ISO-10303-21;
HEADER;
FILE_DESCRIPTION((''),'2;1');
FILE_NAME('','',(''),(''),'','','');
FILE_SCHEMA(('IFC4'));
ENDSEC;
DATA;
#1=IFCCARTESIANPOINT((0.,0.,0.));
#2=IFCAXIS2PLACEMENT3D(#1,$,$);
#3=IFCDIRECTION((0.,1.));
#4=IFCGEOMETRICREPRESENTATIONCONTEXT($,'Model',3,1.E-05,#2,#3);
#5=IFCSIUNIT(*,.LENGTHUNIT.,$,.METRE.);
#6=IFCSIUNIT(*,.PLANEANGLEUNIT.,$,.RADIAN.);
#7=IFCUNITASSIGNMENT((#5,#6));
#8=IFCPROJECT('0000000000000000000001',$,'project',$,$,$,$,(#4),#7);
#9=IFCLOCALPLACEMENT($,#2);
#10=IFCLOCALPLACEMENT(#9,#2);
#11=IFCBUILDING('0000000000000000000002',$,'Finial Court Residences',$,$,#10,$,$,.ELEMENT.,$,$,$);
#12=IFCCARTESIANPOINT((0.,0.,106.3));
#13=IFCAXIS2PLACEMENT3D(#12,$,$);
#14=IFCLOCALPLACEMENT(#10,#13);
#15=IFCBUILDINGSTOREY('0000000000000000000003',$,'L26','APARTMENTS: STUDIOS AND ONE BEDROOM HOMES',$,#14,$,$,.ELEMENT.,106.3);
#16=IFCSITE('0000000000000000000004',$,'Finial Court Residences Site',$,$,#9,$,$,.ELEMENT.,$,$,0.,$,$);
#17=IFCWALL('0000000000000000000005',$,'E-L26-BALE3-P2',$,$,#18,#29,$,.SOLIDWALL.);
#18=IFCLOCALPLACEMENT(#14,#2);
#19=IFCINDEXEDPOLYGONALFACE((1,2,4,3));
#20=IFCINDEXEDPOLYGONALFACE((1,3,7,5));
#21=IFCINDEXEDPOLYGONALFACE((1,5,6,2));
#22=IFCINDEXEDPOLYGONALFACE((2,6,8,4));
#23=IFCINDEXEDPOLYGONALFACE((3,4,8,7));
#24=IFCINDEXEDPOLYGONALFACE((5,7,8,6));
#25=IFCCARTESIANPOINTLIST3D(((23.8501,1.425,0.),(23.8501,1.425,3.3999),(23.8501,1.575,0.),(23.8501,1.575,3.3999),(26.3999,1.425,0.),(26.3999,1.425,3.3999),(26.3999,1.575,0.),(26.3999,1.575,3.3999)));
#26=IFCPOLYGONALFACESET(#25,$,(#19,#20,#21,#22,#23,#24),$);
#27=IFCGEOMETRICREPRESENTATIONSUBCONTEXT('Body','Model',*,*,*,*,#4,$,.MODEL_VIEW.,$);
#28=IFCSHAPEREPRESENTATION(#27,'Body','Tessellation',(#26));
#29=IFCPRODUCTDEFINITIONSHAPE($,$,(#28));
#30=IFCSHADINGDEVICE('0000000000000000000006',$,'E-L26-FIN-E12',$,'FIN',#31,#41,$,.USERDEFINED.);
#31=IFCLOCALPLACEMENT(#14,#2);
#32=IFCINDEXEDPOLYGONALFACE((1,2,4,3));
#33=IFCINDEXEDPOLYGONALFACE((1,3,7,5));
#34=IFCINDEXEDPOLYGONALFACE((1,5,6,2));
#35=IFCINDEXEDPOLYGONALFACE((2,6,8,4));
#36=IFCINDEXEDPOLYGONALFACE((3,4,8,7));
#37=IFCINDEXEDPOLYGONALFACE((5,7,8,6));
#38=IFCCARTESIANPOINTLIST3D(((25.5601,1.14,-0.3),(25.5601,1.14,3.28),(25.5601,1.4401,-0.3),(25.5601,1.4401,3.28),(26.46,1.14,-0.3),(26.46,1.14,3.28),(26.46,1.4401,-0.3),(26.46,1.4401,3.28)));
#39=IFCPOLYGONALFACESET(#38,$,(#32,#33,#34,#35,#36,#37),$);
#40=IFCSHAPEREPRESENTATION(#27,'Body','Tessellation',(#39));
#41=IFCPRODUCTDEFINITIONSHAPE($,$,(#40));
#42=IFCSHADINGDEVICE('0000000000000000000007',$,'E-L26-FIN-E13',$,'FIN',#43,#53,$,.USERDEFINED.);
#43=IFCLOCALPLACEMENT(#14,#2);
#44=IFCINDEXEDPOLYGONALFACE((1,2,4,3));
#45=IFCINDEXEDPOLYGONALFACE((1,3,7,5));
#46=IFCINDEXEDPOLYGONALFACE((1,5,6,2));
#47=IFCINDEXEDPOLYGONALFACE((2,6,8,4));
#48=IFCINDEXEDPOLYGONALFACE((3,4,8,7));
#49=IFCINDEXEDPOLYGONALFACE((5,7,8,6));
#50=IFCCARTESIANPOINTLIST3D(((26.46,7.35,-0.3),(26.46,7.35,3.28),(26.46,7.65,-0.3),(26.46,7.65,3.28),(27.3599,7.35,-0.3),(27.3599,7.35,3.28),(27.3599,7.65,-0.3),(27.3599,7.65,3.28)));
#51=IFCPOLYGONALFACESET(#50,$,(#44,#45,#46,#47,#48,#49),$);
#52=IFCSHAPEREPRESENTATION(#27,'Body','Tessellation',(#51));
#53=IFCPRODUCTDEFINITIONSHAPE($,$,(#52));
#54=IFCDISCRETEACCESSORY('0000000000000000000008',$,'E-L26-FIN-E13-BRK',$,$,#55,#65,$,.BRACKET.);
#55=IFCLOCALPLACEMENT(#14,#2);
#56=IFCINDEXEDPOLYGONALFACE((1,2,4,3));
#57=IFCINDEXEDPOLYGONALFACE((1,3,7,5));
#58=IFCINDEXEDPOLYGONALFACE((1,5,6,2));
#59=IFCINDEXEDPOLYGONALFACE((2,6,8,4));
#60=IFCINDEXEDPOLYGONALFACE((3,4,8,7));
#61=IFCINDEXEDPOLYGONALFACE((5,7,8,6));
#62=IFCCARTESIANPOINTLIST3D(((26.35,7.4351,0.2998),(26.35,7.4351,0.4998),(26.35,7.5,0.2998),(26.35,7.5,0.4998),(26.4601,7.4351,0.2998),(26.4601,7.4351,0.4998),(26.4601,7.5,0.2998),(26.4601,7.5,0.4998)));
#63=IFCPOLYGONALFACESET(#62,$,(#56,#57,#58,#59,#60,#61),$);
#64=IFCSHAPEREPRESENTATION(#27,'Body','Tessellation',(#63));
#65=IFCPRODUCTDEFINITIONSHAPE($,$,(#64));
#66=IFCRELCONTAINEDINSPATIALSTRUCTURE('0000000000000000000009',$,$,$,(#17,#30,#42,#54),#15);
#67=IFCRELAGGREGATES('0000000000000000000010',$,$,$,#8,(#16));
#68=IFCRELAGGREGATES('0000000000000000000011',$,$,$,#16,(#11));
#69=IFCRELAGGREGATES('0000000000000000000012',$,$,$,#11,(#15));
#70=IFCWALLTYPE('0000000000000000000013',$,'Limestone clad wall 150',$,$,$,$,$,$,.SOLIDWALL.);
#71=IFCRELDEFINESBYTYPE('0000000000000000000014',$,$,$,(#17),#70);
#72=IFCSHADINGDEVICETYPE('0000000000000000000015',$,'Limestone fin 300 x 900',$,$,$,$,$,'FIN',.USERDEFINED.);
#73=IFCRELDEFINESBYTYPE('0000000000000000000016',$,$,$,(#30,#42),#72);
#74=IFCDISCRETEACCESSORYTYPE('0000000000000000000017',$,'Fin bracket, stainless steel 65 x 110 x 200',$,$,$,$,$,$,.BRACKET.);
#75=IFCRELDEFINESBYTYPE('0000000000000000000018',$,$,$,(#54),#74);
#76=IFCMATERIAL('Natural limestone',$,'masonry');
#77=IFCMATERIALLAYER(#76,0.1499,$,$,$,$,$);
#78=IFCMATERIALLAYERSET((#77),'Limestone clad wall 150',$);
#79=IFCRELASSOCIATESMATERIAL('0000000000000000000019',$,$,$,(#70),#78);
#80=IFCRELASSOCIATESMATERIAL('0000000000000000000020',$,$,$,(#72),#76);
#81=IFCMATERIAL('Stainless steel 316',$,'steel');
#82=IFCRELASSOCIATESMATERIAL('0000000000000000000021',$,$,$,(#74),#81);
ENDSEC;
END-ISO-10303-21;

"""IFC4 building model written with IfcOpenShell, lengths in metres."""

from ifc_helpers import new_model, si_unit, direction, frame, frame_2d, origin, origin_2d, place, context, subcontext, project, spatial, rectangle, extrude, material, layer, layer_set, type_object, element, save


model = new_model("IFC4")

# Units and contexts
model_context = context("Model", 3, precision=1e-05, world=origin(), true_north=direction((0.0, 1.0)))
body_context = subcontext(model_context, "Body", "Model", "MODEL_VIEW")
ifc_project = project(units=[si_unit("LENGTHUNIT", "METRE"), si_unit("PLANEANGLEUNIT", "RADIAN")], contexts=[model_context])

# Site, building, storey
site_placement = place(None, origin())
site = spatial("IfcSite", under=ifc_project, at=site_placement, Name="Finial Court Residences Site", CompositionType="ELEMENT", RefElevation=0.0)
building_placement = place(site_placement, origin())
building = spatial("IfcBuilding", under=site, at=building_placement, Name="Finial Court Residences", CompositionType="ELEMENT")
storey_placement = place(building_placement, frame((0.0, 0.0, 106.3)))
storey = spatial("IfcBuildingStorey", under=building, at=storey_placement, Name="L26", Description="APARTMENTS: STUDIOS AND ONE BEDROOM HOMES", CompositionType="ELEMENT", Elevation=106.3)

# Wall
ifc_material_1 = material(Name="Natural limestone", Category="masonry")
ifc_layer_1 = layer(ifc_material_1, 0.1499)
ifc_layer_set_1 = layer_set([ifc_layer_1], Name="Limestone clad wall 150")
wall_type_1 = type_object("IfcWallType", Name="Limestone clad wall 150", PredefinedType="SOLIDWALL", material=ifc_layer_set_1)
wall_1_placement = place(storey_placement, frame((23.8501, 1.5, 0.0), z_axis=(0.0, 0.0, 1.0), x_axis=(1.0, 0.0, 0.0)))
element("IfcWall", 1, at=wall_1_placement, inside=storey, type_object=wall_type_1, Name="E-L26-BALE3-P2", PredefinedType="SOLIDWALL", context=body_context, shape_type="SweptSolid", body=[
    extrude(rectangle(XDim=2.5498, YDim=0.1499, at=frame_2d((1.2749, 0.0))), origin(), (0.0, 0.0, 1.0), 3.3999),
])

# Shading devices
shading_device_type = type_object("IfcShadingDeviceType", Name="Limestone fin 300 x 900", ElementType="FIN", PredefinedType="USERDEFINED", material=ifc_material_1)
for number, where, z_axis, x_axis, name in (
    (2, (26.01, 1.29, -0.3), (0.0, 0.0, 1.0), (1.0, 0.0, 0.0), "E-L26-FIN-E12"),
    (3, (26.9099, 7.5, -0.3), (0.0, 0.0, 1.0), (1.0, 0.0, 0.0), "E-L26-FIN-E13"),
):
    element("IfcShadingDevice", number, at=place(storey_placement, frame(where, z_axis=z_axis, x_axis=x_axis)), inside=storey, type_object=shading_device_type, Name=name, ObjectType="FIN", PredefinedType="USERDEFINED", context=body_context, shape_type="SweptSolid", body=[
        extrude(rectangle(XDim=0.8999, YDim=0.3, at=origin_2d()), origin(), (0.0, 0.0, 1.0), 3.5801),
    ])

# Discrete accessory
ifc_material_2 = material(Name="Stainless steel 316", Category="steel")
discrete_accessory_type = type_object("IfcDiscreteAccessoryType", Name="Fin bracket, stainless steel 65 x 110 x 200", PredefinedType="BRACKET", material=ifc_material_2)
discrete_accessory_placement = place(storey_placement, frame((26.405, 7.4675, 0.2998), z_axis=(0.0, 0.0, 1.0), x_axis=(1.0, 0.0, 0.0)))
element("IfcDiscreteAccessory", 4, at=discrete_accessory_placement, inside=storey, type_object=discrete_accessory_type, Name="E-L26-FIN-E13-BRK", PredefinedType="BRACKET", context=body_context, shape_type="SweptSolid", body=[
    extrude(rectangle(XDim=0.1101, YDim=0.0649, at=origin_2d()), origin(), (0.0, 0.0, 1.0), 0.2),
])

save(model, "model.ifc")
